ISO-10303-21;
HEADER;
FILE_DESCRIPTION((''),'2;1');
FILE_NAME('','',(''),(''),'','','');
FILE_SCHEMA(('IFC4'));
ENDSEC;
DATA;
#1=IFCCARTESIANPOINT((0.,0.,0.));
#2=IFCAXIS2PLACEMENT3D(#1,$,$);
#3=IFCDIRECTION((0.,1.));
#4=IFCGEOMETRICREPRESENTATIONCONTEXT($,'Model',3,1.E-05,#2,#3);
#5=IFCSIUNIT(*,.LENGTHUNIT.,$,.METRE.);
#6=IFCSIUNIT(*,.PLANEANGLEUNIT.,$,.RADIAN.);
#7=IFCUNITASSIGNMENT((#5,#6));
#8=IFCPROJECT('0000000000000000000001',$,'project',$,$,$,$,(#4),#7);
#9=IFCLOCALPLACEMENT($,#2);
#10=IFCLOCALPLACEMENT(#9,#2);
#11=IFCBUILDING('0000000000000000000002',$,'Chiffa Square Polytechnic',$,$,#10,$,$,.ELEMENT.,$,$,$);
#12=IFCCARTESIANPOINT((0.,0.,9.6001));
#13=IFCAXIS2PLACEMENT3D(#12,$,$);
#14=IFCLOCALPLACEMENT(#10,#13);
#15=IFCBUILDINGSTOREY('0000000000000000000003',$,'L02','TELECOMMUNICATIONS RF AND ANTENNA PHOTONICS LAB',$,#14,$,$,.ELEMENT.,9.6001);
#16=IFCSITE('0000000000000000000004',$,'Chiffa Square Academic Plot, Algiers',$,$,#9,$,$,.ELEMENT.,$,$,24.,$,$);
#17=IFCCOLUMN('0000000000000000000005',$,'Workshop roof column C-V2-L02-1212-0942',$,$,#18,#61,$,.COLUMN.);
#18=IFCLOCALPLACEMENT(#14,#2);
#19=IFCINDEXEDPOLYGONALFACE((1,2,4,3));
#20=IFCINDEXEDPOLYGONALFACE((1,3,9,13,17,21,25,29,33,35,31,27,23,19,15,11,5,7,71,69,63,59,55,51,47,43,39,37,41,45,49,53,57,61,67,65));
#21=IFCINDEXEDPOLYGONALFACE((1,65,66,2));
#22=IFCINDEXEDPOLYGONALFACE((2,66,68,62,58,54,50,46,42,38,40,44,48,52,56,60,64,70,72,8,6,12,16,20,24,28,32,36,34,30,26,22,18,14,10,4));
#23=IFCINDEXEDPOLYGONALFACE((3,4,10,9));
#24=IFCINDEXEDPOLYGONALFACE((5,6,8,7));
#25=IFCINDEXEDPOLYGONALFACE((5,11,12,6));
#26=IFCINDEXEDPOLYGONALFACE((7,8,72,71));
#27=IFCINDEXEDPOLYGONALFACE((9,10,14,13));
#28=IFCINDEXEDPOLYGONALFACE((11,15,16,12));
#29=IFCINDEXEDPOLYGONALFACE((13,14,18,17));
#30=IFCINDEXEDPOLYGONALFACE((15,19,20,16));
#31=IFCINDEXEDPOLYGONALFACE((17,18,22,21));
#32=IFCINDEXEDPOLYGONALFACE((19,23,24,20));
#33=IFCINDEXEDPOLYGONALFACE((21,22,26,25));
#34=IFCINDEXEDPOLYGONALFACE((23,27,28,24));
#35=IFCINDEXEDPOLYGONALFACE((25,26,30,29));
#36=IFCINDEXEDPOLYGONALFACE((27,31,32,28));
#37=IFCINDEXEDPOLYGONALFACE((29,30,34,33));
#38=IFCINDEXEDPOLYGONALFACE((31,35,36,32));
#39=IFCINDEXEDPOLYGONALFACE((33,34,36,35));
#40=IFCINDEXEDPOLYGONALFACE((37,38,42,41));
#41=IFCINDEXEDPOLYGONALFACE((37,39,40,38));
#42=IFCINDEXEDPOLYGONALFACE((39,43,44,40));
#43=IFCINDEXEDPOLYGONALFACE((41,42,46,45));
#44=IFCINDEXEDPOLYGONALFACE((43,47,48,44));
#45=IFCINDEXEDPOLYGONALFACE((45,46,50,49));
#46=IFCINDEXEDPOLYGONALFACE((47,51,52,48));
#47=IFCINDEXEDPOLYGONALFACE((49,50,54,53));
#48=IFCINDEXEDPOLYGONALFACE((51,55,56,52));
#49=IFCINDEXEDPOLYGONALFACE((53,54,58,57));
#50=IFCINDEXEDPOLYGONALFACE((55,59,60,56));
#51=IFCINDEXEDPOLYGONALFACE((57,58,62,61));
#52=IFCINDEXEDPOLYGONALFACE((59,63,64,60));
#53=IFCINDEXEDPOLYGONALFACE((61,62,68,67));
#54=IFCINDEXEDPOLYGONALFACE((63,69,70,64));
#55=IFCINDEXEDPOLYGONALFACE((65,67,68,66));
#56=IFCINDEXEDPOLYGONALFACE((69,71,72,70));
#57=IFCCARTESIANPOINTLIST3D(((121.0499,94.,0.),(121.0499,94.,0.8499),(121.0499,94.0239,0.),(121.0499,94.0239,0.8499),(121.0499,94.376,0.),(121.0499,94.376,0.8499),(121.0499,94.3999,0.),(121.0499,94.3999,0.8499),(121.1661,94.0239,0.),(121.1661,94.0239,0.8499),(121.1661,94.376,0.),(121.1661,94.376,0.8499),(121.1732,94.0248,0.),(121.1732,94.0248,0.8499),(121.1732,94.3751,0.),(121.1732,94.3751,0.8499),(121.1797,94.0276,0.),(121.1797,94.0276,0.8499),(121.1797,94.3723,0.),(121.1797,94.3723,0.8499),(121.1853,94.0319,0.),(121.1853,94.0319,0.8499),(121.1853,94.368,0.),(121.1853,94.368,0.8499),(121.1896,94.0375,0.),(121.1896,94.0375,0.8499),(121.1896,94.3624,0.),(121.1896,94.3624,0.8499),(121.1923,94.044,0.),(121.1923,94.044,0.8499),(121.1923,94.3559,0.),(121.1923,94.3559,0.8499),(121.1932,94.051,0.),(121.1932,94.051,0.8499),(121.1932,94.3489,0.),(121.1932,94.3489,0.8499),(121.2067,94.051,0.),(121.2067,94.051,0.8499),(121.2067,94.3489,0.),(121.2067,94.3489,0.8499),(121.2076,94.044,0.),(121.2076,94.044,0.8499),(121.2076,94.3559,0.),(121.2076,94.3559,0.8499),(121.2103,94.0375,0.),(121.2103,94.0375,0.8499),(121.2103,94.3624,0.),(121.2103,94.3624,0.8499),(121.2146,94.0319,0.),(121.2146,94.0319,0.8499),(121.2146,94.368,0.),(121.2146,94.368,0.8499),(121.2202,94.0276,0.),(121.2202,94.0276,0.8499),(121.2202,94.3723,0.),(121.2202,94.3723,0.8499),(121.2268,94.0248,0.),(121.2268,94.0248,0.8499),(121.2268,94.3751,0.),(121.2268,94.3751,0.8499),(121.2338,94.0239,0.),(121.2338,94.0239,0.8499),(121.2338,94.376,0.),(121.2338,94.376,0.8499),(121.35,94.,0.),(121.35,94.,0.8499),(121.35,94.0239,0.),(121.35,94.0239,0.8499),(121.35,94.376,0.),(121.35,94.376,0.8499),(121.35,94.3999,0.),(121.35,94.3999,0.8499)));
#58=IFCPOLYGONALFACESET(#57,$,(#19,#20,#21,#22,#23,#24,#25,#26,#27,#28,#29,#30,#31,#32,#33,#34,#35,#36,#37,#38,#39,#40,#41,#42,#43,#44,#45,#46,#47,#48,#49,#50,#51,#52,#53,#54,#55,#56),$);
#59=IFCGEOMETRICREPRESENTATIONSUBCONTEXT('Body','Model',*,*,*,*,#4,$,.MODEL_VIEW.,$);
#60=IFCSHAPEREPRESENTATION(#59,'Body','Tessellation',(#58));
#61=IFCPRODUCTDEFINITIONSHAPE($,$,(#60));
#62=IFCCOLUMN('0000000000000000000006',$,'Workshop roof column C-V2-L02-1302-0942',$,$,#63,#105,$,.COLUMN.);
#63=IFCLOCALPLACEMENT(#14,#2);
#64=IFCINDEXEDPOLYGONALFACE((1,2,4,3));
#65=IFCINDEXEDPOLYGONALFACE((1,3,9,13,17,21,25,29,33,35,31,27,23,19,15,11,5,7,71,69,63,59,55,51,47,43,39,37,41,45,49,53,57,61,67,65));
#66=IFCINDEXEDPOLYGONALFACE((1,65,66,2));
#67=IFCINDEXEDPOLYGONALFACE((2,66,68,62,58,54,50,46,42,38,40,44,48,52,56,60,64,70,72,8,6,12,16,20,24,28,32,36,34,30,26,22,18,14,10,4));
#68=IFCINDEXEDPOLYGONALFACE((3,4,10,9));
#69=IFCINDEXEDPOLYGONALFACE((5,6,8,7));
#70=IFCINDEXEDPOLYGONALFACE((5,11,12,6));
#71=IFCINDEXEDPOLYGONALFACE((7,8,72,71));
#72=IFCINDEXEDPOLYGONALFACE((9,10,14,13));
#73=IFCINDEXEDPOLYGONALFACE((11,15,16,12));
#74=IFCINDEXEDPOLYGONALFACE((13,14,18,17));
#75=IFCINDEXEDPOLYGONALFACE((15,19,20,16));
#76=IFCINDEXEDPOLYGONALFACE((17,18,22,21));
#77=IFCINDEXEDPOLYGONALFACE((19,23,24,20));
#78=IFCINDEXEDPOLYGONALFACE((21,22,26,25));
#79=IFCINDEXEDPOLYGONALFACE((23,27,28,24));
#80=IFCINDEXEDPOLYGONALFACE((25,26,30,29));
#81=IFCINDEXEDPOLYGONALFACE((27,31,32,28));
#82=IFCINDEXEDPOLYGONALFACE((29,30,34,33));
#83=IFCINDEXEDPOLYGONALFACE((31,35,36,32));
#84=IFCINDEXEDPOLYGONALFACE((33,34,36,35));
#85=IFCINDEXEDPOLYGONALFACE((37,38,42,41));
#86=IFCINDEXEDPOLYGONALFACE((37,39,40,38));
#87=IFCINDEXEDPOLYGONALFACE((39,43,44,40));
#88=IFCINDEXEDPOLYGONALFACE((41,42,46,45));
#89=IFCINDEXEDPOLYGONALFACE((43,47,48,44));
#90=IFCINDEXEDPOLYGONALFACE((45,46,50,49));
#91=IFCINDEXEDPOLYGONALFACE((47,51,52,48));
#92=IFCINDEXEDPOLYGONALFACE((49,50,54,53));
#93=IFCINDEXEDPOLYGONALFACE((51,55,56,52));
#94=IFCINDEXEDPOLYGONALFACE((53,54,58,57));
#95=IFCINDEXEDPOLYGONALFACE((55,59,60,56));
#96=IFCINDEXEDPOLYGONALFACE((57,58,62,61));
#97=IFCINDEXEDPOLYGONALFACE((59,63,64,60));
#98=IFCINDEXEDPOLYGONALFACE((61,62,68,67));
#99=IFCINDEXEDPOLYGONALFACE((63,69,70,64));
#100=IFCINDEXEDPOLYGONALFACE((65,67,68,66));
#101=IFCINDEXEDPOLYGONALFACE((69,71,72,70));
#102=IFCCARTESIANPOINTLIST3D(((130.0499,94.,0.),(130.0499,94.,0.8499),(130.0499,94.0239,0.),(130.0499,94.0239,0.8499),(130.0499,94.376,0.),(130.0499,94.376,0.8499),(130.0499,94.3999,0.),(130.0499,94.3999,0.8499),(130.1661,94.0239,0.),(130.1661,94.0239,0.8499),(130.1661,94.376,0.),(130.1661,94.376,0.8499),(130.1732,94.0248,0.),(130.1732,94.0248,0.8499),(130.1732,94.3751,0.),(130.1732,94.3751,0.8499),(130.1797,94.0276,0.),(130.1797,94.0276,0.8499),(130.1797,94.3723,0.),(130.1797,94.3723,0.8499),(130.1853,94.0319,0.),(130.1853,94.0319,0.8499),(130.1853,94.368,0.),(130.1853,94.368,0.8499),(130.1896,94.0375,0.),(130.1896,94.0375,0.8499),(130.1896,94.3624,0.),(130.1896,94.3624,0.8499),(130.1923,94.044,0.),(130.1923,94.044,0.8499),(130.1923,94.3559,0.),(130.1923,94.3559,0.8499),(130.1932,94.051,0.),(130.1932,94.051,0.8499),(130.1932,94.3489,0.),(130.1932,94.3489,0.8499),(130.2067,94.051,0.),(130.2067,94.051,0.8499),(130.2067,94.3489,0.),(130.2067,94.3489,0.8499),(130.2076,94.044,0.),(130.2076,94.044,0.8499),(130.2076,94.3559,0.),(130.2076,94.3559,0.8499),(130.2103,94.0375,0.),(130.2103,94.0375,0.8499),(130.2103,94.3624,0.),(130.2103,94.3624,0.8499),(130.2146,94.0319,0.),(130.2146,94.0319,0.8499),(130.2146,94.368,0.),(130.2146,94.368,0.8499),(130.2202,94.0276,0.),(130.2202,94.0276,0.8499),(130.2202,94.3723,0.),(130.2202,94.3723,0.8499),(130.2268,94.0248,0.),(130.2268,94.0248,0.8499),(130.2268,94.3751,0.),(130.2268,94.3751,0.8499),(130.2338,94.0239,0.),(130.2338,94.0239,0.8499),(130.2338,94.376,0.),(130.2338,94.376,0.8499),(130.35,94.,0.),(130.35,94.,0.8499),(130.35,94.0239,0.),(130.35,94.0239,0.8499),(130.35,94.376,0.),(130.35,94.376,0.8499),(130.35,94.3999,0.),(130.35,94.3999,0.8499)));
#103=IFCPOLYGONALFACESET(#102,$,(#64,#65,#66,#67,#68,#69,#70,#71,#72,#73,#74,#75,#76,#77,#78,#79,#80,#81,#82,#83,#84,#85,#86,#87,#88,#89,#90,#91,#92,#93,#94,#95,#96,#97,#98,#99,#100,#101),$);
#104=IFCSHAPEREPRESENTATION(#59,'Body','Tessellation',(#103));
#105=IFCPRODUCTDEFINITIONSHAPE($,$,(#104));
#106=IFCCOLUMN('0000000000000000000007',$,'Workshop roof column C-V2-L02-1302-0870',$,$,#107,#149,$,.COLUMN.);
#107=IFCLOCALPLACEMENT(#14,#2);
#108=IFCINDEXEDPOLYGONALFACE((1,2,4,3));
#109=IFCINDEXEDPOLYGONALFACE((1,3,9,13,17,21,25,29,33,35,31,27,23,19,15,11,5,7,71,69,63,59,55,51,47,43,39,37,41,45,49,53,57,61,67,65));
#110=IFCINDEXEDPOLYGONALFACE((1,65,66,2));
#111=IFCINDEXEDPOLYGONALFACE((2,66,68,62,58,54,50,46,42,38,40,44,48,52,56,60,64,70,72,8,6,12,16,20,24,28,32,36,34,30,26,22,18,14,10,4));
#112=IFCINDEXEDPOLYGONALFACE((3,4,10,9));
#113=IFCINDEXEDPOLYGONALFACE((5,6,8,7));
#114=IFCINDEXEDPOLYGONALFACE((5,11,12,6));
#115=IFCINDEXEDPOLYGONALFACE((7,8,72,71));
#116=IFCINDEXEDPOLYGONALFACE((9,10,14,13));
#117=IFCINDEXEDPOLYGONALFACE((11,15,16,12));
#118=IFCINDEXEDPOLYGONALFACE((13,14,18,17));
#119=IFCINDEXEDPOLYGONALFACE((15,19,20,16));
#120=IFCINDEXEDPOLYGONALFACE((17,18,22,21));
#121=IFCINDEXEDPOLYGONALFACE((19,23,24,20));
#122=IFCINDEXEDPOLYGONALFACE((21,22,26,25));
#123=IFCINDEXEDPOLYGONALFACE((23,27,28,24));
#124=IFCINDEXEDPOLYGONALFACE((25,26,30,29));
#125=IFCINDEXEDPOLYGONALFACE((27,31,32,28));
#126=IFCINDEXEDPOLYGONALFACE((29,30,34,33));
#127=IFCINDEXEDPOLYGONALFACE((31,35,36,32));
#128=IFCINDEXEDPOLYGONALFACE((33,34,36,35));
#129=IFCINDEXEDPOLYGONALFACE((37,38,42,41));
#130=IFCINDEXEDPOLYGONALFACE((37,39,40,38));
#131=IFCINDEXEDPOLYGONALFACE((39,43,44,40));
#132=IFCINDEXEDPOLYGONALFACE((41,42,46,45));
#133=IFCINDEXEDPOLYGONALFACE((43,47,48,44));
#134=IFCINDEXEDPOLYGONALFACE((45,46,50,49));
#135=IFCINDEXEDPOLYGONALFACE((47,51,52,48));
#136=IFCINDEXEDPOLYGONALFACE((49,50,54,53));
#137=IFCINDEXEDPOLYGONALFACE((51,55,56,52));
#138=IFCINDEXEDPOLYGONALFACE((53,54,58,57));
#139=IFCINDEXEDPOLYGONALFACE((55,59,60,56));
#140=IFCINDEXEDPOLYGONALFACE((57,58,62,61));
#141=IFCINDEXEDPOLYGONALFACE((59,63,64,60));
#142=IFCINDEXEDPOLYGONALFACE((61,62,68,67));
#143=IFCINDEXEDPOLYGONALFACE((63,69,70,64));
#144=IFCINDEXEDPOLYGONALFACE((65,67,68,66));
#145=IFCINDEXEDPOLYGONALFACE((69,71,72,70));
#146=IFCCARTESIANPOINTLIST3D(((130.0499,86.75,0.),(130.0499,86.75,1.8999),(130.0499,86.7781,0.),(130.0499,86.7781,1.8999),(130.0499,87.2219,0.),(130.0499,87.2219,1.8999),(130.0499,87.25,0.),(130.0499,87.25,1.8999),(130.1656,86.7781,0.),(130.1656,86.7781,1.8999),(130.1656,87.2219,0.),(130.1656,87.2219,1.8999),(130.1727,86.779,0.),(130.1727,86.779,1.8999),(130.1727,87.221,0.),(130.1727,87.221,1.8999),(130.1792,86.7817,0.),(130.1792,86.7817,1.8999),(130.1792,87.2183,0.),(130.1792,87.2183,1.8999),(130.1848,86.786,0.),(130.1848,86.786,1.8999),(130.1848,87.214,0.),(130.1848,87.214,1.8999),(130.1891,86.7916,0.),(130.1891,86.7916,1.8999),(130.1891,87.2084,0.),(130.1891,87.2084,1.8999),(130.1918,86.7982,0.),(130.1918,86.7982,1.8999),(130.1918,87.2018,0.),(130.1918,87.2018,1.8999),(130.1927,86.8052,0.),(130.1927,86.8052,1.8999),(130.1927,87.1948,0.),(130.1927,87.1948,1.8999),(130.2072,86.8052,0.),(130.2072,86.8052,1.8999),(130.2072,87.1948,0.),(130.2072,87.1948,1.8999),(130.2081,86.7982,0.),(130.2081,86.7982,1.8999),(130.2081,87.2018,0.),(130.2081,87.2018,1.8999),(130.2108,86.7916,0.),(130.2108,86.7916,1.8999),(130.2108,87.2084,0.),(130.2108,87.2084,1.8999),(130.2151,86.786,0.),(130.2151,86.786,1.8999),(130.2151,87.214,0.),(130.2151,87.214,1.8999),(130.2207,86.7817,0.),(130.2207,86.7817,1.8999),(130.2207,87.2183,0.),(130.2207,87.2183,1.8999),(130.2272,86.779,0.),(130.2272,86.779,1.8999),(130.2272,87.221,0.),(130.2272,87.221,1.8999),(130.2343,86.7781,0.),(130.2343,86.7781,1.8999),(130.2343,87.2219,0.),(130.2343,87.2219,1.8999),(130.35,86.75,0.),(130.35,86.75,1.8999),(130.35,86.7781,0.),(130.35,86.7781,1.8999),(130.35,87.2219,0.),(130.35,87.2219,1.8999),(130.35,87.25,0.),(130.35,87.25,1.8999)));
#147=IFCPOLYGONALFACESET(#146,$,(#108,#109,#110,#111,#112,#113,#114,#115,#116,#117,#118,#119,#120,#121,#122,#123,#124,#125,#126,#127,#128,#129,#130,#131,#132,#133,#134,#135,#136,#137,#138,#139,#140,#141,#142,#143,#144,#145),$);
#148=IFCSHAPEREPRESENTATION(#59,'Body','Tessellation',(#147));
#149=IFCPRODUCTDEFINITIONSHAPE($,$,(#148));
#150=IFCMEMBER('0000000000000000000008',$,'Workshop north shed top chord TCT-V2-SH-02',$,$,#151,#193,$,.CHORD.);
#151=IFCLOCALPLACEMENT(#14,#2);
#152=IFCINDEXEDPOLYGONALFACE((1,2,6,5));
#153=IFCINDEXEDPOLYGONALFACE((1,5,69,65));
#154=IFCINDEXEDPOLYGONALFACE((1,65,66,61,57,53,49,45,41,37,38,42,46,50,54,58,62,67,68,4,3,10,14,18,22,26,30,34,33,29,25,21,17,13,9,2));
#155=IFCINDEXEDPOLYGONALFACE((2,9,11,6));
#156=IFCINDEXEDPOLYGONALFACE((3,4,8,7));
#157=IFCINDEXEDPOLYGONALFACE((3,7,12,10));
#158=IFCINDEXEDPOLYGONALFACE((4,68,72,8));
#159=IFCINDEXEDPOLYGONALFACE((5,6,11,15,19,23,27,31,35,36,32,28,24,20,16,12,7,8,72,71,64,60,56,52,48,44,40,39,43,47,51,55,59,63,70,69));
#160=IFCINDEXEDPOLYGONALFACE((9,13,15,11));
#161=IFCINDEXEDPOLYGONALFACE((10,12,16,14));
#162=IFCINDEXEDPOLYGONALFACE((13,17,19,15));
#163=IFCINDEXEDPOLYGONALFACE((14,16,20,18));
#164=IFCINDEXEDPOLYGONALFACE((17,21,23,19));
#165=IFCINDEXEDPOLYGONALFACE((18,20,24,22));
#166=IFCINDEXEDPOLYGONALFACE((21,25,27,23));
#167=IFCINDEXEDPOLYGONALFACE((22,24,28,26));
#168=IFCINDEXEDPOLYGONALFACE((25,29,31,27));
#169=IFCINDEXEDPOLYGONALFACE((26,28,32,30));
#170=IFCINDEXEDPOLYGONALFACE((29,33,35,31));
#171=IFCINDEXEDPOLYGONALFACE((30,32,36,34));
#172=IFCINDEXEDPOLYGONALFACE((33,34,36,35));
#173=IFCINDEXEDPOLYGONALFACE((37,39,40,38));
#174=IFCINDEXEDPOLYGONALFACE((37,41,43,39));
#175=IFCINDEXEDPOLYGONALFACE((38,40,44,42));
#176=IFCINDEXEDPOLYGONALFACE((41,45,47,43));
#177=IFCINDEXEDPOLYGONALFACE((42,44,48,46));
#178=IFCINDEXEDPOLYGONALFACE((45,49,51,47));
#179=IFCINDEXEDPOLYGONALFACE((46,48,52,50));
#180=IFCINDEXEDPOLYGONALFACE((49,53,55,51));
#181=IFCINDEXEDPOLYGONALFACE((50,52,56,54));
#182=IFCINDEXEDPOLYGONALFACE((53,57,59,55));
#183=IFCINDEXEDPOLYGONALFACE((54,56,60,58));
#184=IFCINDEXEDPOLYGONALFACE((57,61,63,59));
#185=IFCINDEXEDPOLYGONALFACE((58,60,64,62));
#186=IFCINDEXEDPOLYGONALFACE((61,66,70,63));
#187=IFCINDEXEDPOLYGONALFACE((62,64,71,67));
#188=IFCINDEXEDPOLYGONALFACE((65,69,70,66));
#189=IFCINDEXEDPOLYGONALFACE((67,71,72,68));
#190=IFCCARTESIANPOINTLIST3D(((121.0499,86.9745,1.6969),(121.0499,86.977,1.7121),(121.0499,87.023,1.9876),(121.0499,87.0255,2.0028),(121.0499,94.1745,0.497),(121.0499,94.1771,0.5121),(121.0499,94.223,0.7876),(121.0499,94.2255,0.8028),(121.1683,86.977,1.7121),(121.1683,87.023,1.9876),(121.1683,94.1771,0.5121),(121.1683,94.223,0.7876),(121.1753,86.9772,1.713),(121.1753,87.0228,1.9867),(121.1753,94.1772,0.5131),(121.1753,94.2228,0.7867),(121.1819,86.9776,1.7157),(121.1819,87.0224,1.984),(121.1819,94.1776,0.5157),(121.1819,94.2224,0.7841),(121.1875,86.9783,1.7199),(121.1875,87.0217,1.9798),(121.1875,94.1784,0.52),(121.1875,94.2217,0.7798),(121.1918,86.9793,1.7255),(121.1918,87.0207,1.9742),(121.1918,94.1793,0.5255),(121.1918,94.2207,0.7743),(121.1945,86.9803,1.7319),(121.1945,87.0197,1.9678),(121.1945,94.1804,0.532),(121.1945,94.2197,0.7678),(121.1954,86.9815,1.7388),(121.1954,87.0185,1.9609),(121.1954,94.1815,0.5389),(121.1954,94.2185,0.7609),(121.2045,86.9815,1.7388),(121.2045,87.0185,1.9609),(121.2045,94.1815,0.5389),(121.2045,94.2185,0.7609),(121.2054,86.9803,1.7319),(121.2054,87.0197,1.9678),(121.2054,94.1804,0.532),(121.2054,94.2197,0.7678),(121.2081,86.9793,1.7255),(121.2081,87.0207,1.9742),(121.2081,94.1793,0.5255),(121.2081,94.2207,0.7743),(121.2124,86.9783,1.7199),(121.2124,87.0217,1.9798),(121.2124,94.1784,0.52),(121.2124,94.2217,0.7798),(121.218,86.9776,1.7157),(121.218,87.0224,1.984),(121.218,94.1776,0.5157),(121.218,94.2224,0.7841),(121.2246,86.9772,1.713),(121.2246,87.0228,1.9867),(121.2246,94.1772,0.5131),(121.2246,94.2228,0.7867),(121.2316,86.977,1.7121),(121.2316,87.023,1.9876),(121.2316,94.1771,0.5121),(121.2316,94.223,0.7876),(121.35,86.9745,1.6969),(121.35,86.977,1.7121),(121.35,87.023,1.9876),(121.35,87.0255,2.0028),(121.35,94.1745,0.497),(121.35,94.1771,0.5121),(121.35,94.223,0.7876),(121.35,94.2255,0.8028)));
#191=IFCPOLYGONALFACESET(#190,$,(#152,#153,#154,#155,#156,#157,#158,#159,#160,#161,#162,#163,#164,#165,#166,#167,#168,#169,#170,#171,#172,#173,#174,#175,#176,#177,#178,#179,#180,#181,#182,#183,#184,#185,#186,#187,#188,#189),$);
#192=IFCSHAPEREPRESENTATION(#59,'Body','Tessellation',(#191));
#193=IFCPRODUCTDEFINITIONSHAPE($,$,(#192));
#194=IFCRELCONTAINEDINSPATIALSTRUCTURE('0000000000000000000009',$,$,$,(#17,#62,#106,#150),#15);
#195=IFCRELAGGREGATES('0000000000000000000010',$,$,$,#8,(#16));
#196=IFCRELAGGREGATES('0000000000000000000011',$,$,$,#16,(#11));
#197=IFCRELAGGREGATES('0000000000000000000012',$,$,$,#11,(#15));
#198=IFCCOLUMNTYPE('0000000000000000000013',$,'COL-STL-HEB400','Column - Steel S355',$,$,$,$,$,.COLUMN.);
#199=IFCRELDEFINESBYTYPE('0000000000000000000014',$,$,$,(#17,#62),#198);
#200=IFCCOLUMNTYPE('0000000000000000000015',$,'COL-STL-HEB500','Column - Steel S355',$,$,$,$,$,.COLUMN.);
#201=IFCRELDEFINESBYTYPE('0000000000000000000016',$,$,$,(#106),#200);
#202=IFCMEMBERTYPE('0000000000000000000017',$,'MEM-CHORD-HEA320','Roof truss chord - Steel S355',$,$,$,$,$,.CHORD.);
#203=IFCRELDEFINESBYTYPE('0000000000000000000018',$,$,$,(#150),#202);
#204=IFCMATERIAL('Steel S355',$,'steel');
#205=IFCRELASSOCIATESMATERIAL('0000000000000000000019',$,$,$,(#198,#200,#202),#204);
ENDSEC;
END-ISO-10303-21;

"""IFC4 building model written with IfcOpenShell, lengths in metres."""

from ifc_helpers import new_model, si_unit, direction, frame, origin, origin_2d, place, context, subcontext, project, spatial, i_section, extrude, material, material_profile, profile_set, type_object, element, save


model = new_model("IFC4")

# Units and contexts
model_context = context("Model", 3, precision=1e-05, world=origin(), true_north=direction((0.0, 1.0)))
body_context = subcontext(model_context, "Body", "Model", "MODEL_VIEW")
ifc_project = project(units=[si_unit("LENGTHUNIT", "METRE"), si_unit("PLANEANGLEUNIT", "RADIAN")], contexts=[model_context])

# Site, building, storey
site_placement = place(None, origin())
site = spatial("IfcSite", under=ifc_project, at=site_placement, Name="Chiffa Square Academic Plot, Algiers", CompositionType="ELEMENT", RefElevation=24.0)
building_placement = place(site_placement, origin())
building = spatial("IfcBuilding", under=site, at=building_placement, Name="Chiffa Square Polytechnic", CompositionType="ELEMENT")
storey_placement = place(building_placement, frame((0.0, 0.0, 9.6001)))
storey = spatial("IfcBuildingStorey", under=building, at=storey_placement, Name="L02", Description="TELECOMMUNICATIONS RF AND ANTENNA PHOTONICS LAB", CompositionType="ELEMENT", Elevation=9.6001)

# Columns
ifc_material_1 = material(Name="Steel S355", Category="steel")
ifc_material_profile_1 = material_profile(ifc_material_1, i_section(OverallWidth=0.3, OverallDepth=0.3999, WebThickness=0.0134, FlangeThickness=0.0239, FilletRadius=0.0271, at=origin_2d()), Name="HEB 400")
ifc_profile_set_1 = profile_set([ifc_material_profile_1], Name="Steel S355")
column_type_1 = type_object("IfcColumnType", Name="COL-STL-HEB400", Description="Column - Steel S355", PredefinedType="COLUMN", material=ifc_profile_set_1)
for number, where, z_axis, x_axis, name in (
    (1, (121.2, 94.2, 0.0), (0.0, 0.0, 1.0), (1.0, 0.0, 0.0), "Workshop roof column C-V2-L02-1212-0942"),
    (2, (130.2, 94.2, 0.0), (0.0, 0.0, 1.0), (1.0, 0.0, 0.0), "Workshop roof column C-V2-L02-1302-0942"),
):
    element("IfcColumn", number, at=place(storey_placement, frame(where, z_axis=z_axis, x_axis=x_axis)), inside=storey, type_object=column_type_1, Name=name, PredefinedType="COLUMN", context=body_context, shape_type="SweptSolid", body=[
        extrude(i_section(OverallWidth=0.3, OverallDepth=0.3999, WebThickness=0.0134, FlangeThickness=0.0239, FilletRadius=0.0271, at=origin_2d()), origin(), (0.0, 0.0, 1.0), 0.8499),
    ])
ifc_material_profile_2 = material_profile(ifc_material_1, i_section(OverallWidth=0.3, OverallDepth=0.5, WebThickness=0.0144, FlangeThickness=0.0281, FilletRadius=0.0271, at=origin_2d()), Name="HEB 500")
ifc_profile_set_2 = profile_set([ifc_material_profile_2], Name="Steel S355")
column_type_2 = type_object("IfcColumnType", Name="COL-STL-HEB500", Description="Column - Steel S355", PredefinedType="COLUMN", material=ifc_profile_set_2)
column_placement = place(storey_placement, frame((130.2, 87.0, 0.0), z_axis=(0.0, 0.0, 1.0), x_axis=(1.0, 0.0, 0.0)))
element("IfcColumn", 3, at=column_placement, inside=storey, type_object=column_type_2, Name="Workshop roof column C-V2-L02-1302-0870", PredefinedType="COLUMN", context=body_context, shape_type="SweptSolid", body=[
    extrude(i_section(OverallWidth=0.3, OverallDepth=0.5, WebThickness=0.0144, FlangeThickness=0.0281, FilletRadius=0.0271, at=origin_2d()), origin(), (0.0, 0.0, 1.0), 1.8999),
])

# Member
ifc_material_profile_3 = material_profile(ifc_material_1, i_section(OverallWidth=0.3, OverallDepth=0.3101, WebThickness=0.009, FlangeThickness=0.0154, FilletRadius=0.0271, at=origin_2d()), Name="HEA 320")
ifc_profile_set_3 = profile_set([ifc_material_profile_3], Name="Steel S355")
member_type_1 = type_object("IfcMemberType", Name="MEM-CHORD-HEA320", Description="Roof truss chord - Steel S355", PredefinedType="CHORD", material=ifc_profile_set_3)
for number, where, z_axis, x_axis, name in (
    (4, (121.2, 87.0, 1.8499), (0.0, 0.986395, -0.164394), (-1.0, 0.0, 0.0), "Workshop north shed top chord TCT-V2-SH-02"),
):
    element("IfcMember", number, at=place(storey_placement, frame(where, z_axis=z_axis, x_axis=x_axis)), inside=storey, type_object=member_type_1, Name=name, PredefinedType="CHORD", context=body_context, shape_type="SweptSolid", body=[
        extrude(i_section(OverallWidth=0.3, OverallDepth=0.3101, WebThickness=0.009, FlangeThickness=0.0154, FilletRadius=0.0271, at=origin_2d()), origin(), (0.0, 0.0, 1.0), 7.2993),
    ])

save(model, "model.ifc")
